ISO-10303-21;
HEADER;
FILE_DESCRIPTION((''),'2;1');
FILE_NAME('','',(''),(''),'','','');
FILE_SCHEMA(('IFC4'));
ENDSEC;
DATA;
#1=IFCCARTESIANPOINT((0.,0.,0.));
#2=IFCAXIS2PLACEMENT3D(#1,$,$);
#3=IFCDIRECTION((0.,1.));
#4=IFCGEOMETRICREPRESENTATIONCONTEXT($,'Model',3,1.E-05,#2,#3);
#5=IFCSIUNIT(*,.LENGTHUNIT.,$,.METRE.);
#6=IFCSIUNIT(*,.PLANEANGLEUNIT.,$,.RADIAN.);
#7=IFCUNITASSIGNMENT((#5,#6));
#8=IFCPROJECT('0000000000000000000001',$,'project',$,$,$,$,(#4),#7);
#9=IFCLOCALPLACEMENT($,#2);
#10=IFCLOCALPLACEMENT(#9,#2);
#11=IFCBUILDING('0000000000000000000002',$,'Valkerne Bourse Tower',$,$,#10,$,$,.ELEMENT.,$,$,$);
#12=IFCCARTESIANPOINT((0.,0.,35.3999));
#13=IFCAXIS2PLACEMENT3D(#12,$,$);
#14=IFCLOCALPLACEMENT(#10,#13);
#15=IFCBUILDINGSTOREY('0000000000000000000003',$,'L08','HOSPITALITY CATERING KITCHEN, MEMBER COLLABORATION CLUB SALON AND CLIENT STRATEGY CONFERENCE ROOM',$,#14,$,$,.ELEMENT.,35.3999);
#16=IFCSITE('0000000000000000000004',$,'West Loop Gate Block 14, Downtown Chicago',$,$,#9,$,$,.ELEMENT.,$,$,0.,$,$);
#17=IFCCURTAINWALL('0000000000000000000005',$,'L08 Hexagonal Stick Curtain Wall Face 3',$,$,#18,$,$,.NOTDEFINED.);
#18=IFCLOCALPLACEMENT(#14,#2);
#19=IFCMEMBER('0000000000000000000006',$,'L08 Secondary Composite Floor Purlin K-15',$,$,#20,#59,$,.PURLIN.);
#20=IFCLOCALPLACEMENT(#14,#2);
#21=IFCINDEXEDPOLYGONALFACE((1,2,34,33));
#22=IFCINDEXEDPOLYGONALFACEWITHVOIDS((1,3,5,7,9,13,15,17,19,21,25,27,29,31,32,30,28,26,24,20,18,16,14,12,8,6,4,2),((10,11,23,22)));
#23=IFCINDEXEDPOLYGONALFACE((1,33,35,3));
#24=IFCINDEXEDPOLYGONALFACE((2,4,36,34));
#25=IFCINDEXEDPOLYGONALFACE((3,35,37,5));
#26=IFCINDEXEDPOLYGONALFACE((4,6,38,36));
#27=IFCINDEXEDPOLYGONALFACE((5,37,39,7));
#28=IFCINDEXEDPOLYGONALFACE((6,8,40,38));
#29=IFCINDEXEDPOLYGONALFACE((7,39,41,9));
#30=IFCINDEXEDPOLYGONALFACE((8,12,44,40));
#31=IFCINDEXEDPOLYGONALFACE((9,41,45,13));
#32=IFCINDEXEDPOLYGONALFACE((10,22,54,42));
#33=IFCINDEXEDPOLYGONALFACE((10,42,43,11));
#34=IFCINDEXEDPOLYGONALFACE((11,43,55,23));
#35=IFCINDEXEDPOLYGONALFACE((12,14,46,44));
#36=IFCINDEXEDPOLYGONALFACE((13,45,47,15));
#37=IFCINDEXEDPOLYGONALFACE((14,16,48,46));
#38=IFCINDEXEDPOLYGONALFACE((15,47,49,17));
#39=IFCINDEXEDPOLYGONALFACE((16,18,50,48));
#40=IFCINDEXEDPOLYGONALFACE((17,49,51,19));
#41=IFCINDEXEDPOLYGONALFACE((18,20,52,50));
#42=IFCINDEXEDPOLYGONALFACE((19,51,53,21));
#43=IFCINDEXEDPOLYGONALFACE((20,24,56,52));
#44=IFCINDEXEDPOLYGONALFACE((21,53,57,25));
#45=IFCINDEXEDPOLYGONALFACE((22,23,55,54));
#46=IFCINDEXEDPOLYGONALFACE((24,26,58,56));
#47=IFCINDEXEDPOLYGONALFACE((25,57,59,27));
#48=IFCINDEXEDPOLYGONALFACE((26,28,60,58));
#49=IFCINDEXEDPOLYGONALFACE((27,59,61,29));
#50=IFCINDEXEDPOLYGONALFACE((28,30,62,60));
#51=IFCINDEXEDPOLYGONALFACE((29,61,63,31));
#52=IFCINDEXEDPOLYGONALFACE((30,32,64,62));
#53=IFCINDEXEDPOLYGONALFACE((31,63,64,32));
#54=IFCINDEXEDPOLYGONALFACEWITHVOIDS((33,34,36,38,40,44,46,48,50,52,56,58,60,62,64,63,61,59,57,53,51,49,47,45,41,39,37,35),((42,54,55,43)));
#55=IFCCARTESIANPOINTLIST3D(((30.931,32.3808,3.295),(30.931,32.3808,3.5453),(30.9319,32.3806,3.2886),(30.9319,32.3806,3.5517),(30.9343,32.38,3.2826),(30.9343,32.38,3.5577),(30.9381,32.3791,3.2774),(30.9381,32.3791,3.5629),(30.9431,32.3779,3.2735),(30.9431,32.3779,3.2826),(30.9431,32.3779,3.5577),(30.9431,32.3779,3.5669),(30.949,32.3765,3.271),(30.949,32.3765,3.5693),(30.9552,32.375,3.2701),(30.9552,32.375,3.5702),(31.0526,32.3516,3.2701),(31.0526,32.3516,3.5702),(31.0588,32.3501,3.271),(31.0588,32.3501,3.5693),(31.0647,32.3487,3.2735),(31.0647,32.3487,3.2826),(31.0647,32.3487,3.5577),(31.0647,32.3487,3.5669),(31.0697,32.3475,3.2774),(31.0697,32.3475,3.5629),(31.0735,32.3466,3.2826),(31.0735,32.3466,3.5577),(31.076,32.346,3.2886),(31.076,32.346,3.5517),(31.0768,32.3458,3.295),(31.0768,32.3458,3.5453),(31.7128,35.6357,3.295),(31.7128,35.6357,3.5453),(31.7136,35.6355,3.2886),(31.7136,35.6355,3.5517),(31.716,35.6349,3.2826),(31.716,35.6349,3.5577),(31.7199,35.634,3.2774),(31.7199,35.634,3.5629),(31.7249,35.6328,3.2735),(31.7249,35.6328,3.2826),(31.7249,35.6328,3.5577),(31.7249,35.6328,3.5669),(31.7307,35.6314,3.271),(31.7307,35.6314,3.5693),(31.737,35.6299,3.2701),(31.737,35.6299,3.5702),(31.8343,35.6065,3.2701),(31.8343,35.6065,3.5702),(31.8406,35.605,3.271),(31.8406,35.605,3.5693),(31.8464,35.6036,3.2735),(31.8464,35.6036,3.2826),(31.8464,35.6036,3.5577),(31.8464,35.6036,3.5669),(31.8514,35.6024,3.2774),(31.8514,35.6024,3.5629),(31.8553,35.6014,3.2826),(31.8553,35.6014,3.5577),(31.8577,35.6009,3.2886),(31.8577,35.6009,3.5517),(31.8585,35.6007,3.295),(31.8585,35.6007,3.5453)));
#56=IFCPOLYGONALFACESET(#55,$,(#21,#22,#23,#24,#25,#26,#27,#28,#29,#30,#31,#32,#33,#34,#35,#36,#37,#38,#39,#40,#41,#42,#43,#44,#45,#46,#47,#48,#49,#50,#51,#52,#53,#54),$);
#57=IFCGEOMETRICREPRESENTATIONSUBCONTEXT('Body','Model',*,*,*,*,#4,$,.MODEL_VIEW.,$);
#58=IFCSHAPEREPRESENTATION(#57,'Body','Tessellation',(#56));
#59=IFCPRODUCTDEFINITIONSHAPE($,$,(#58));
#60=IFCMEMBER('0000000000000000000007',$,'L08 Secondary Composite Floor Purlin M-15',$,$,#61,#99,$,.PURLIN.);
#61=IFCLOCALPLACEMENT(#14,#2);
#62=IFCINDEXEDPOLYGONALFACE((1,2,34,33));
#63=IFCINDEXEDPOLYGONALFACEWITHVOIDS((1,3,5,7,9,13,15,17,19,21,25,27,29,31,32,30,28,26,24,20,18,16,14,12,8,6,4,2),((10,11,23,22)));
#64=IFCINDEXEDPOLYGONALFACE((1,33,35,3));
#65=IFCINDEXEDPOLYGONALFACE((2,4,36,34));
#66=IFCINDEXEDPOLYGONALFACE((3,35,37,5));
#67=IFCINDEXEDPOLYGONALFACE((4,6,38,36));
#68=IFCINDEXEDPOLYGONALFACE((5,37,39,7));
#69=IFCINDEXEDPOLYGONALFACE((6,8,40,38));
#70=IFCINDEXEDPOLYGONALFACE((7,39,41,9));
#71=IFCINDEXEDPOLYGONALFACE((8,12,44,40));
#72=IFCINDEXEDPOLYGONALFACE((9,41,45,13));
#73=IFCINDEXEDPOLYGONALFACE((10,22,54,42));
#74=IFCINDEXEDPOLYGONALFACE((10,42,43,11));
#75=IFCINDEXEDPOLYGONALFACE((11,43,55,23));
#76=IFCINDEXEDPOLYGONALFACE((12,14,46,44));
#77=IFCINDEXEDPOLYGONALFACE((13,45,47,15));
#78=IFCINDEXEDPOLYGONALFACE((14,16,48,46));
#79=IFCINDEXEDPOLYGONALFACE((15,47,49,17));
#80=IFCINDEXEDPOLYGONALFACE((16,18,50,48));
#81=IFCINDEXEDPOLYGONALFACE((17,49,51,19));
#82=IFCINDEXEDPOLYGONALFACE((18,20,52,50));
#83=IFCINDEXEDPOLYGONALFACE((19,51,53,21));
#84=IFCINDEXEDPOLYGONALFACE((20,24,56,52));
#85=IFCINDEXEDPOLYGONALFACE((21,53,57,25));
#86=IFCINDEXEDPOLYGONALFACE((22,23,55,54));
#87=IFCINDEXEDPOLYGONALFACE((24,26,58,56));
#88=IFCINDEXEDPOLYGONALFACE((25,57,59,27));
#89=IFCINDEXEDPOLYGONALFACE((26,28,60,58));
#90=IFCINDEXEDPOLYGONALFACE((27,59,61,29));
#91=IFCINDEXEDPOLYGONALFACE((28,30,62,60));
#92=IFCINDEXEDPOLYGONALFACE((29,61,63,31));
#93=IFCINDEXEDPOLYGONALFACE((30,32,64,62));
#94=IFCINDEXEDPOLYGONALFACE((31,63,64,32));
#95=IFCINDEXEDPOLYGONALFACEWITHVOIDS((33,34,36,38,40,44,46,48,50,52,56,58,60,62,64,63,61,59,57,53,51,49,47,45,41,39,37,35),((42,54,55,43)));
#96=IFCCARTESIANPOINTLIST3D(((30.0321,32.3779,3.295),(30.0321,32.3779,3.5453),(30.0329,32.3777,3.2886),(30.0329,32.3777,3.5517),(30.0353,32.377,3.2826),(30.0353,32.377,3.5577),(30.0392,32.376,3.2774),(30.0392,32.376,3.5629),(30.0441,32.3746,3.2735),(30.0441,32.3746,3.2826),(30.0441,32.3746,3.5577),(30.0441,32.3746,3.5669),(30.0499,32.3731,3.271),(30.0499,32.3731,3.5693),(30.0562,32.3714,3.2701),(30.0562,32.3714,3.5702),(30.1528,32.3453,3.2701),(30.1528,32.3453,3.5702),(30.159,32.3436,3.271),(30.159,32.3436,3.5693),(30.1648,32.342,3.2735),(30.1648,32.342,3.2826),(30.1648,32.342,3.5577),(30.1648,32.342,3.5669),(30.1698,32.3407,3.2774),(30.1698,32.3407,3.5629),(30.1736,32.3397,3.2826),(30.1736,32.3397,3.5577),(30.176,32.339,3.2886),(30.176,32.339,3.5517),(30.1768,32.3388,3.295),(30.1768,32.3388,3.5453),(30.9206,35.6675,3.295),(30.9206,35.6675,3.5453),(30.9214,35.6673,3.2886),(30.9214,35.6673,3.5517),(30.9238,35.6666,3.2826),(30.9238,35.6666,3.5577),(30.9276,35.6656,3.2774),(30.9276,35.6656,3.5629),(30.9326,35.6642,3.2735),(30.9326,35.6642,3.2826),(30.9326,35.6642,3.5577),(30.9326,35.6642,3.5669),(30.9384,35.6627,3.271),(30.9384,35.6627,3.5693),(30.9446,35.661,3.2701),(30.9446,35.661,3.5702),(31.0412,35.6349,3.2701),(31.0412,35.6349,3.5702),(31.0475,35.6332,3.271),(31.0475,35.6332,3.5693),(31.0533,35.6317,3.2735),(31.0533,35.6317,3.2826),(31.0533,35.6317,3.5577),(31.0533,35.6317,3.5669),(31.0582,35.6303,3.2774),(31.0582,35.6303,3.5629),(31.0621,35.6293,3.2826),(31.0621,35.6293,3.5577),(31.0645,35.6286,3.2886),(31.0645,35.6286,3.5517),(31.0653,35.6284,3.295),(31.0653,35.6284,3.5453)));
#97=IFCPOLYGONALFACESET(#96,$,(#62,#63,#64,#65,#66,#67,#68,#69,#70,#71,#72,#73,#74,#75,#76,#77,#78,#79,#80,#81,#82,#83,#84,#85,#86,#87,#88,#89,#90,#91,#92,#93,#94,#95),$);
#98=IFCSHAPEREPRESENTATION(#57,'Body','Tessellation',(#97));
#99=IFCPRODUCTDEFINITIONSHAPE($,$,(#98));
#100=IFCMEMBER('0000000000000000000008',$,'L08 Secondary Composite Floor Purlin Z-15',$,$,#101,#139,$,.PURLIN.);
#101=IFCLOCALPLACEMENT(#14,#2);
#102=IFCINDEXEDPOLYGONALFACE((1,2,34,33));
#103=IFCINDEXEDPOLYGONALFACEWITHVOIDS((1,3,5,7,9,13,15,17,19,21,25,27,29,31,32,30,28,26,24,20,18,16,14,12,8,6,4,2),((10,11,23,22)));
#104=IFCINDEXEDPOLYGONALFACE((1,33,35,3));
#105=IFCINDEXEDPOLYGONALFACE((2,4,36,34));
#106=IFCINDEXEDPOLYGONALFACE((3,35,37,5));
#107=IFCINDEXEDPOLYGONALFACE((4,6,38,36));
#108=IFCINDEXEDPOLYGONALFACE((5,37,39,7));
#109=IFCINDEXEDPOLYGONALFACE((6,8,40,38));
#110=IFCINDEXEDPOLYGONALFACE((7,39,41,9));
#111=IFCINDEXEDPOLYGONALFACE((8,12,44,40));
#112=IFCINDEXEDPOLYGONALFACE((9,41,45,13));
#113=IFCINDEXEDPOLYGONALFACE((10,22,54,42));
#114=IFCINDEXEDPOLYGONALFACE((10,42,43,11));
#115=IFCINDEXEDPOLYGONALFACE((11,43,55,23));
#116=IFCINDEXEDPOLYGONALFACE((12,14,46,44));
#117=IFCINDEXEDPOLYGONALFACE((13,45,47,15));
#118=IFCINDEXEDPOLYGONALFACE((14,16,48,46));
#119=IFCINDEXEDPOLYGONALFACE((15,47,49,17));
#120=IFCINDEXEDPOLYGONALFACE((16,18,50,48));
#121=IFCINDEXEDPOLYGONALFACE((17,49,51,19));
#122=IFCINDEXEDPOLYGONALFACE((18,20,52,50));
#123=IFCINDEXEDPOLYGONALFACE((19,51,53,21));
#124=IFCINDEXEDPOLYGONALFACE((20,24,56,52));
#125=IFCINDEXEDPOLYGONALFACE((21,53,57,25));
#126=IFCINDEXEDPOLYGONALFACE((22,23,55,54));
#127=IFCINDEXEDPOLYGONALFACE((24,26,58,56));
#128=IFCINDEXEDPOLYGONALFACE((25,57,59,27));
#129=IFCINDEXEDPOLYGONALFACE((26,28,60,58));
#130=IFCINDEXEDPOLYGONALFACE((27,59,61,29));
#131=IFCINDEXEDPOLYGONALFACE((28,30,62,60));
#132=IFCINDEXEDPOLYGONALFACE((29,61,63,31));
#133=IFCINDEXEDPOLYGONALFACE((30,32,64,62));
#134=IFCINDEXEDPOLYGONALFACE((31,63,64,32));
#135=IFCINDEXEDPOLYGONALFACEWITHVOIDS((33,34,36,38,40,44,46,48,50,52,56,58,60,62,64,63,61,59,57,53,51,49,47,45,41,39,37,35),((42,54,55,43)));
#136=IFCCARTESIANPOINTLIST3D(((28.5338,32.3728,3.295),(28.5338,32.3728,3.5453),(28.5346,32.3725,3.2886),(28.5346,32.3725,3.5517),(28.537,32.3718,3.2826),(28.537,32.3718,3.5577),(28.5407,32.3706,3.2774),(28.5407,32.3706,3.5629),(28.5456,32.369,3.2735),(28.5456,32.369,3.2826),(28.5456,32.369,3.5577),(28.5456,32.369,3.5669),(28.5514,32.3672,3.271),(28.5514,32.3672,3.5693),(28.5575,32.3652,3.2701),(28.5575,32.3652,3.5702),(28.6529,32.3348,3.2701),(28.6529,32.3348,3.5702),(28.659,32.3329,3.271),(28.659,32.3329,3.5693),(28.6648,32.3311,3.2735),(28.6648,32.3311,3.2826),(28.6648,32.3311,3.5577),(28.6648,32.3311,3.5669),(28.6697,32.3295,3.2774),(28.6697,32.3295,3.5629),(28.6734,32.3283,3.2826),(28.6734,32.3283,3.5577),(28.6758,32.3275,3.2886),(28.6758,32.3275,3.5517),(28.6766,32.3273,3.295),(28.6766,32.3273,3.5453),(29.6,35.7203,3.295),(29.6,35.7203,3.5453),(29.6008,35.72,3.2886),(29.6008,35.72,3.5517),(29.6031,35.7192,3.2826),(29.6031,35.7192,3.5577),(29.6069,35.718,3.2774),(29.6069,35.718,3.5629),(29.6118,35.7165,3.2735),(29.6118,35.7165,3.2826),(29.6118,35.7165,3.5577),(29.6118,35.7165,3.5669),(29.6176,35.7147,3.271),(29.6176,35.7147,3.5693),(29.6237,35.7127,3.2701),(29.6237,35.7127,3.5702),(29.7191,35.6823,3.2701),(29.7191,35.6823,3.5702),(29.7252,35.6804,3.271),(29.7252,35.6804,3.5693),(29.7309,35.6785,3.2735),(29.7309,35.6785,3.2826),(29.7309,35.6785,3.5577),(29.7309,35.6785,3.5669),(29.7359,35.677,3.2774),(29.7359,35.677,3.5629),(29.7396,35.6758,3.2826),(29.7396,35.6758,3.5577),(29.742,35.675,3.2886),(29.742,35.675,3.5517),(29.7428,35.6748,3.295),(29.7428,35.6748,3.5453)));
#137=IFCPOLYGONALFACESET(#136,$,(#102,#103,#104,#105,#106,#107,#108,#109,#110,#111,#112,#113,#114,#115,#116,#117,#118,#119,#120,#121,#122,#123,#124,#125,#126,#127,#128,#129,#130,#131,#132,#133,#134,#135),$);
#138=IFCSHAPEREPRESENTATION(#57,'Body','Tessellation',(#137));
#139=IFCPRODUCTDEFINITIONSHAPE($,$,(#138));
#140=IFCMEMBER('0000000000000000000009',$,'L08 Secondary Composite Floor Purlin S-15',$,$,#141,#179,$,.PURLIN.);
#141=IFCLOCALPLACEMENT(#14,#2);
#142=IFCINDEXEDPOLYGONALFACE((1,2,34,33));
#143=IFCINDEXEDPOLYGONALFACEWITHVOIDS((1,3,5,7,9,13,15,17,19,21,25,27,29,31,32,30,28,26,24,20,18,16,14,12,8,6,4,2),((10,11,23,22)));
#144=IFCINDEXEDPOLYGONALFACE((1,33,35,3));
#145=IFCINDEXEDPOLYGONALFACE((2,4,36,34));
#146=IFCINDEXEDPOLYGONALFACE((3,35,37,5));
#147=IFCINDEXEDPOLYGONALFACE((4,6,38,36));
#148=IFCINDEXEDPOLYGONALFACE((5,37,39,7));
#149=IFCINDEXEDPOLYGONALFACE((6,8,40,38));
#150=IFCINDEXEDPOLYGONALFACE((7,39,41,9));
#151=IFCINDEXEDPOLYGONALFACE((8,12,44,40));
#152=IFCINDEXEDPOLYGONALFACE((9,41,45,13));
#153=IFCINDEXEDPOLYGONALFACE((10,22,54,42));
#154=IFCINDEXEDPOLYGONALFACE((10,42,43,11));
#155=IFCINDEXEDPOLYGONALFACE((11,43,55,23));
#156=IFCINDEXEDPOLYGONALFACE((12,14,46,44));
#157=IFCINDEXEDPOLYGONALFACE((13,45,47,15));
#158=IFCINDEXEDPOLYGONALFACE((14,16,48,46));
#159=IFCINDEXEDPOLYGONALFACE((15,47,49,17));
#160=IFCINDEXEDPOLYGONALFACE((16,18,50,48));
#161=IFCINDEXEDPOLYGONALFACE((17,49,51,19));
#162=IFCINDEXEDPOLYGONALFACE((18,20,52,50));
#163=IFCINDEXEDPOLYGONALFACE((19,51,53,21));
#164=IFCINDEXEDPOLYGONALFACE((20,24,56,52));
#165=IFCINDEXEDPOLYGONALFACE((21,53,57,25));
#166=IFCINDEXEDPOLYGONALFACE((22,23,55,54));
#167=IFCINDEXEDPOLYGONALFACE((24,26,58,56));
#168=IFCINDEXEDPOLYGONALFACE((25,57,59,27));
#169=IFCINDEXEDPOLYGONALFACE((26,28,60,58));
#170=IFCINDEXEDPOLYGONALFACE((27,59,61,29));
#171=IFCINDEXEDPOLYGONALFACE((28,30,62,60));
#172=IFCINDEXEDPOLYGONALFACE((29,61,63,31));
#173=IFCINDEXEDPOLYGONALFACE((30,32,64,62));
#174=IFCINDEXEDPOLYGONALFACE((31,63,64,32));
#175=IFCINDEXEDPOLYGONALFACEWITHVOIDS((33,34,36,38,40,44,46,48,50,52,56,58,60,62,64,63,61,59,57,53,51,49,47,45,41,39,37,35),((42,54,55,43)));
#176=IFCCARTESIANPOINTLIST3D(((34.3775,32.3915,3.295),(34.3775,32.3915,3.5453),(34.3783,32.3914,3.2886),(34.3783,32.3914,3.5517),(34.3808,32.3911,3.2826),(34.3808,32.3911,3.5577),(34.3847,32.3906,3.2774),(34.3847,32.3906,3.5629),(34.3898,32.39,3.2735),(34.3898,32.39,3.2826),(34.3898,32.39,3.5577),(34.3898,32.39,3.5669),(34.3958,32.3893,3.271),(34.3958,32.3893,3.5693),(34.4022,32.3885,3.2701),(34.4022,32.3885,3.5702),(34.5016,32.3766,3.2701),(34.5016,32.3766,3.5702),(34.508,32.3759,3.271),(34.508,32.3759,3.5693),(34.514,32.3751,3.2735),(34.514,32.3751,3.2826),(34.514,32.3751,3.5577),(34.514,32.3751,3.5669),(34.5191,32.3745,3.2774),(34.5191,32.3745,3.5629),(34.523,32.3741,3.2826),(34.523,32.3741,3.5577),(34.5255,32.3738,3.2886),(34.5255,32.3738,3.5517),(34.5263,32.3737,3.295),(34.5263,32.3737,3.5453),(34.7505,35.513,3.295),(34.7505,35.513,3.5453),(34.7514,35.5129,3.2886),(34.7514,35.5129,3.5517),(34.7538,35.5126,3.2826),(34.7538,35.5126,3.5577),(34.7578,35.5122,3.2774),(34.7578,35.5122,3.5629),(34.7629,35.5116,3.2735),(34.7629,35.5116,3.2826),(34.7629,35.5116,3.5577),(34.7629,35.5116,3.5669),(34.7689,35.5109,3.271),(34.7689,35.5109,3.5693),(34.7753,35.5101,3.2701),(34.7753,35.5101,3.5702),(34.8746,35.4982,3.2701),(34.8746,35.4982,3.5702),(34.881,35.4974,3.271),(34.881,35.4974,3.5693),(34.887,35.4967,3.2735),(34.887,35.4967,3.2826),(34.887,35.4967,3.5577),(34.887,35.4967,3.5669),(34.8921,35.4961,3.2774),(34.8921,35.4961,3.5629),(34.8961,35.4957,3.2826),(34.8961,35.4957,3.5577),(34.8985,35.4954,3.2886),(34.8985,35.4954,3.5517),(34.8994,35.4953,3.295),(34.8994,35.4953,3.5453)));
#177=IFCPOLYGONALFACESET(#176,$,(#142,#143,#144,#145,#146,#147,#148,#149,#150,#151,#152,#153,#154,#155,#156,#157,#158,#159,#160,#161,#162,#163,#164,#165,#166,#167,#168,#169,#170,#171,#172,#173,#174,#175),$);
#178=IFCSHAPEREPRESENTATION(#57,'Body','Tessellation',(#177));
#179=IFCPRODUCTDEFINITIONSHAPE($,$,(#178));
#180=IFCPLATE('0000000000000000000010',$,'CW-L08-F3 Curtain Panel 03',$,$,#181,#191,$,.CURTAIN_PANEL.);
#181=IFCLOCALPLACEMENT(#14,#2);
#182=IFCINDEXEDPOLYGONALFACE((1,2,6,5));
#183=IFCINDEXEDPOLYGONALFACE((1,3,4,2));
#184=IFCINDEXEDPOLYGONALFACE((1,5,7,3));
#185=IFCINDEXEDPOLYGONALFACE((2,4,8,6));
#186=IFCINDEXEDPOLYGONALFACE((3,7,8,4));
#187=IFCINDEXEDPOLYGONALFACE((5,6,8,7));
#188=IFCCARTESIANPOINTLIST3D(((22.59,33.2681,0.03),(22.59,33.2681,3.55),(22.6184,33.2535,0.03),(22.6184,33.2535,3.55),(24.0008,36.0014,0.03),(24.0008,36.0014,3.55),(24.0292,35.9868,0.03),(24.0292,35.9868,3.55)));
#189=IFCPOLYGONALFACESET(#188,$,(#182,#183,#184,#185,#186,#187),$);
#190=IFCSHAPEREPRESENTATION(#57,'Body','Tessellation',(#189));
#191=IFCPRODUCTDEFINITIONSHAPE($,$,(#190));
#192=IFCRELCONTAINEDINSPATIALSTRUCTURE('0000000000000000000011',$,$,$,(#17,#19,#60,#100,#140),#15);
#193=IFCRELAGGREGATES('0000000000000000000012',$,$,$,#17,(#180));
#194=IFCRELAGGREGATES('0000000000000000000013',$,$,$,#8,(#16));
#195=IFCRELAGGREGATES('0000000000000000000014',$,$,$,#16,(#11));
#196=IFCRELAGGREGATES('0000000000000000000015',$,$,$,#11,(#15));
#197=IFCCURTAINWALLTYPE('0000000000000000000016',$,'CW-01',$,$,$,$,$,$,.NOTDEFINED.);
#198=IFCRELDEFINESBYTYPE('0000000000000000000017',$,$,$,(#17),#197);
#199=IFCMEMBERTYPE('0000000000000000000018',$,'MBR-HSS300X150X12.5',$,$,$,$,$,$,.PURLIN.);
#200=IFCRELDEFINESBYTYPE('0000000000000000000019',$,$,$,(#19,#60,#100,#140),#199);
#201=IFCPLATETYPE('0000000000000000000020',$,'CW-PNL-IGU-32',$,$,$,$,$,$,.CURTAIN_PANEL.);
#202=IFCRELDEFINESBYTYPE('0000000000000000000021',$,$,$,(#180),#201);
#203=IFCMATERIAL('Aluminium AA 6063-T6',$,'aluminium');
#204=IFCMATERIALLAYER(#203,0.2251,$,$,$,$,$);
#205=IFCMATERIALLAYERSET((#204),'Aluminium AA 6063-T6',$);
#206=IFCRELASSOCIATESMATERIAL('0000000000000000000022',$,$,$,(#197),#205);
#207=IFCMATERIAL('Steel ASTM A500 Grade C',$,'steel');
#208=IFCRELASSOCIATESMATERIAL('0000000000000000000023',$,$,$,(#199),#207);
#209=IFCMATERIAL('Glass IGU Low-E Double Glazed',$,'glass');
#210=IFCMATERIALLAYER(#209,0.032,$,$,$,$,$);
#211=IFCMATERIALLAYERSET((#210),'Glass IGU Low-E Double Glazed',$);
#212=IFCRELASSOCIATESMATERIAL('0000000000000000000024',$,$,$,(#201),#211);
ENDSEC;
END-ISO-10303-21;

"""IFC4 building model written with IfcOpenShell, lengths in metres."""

from ifc_helpers import new_model, si_unit, direction, frame, origin, origin_2d, place, context, subcontext, project, spatial, rectangle, hollow_rectangle, extrude, material, layer, layer_set, material_profile, profile_set, type_object, element, aggregate, save


model = new_model("IFC4")

# Units and contexts
model_context = context("Model", 3, precision=1e-05, world=origin(), true_north=direction((0.0, 1.0)))
body_context = subcontext(model_context, "Body", "Model", "MODEL_VIEW")
ifc_project = project(units=[si_unit("LENGTHUNIT", "METRE"), si_unit("PLANEANGLEUNIT", "RADIAN")], contexts=[model_context])

# Site, building, storey
site_placement = place(None, origin())
site = spatial("IfcSite", under=ifc_project, at=site_placement, Name="West Loop Gate Block 14, Downtown Chicago", CompositionType="ELEMENT", RefElevation=0.0)
building_placement = place(site_placement, origin())
building = spatial("IfcBuilding", under=site, at=building_placement, Name="Valkerne Bourse Tower", CompositionType="ELEMENT")
storey_placement = place(building_placement, frame((0.0, 0.0, 35.3999)))
storey = spatial("IfcBuildingStorey", under=building, at=storey_placement, Name="L08", Description="HOSPITALITY CATERING KITCHEN, MEMBER COLLABORATION CLUB SALON AND CLIENT STRATEGY CONFERENCE ROOM", CompositionType="ELEMENT", Elevation=35.3999)

# Curtain wall
ifc_material_1 = material(Name="Aluminium AA 6063-T6", Category="aluminium")
ifc_layer_1 = layer(ifc_material_1, 0.2251)
ifc_layer_set_1 = layer_set([ifc_layer_1], Name="Aluminium AA 6063-T6")
curtain_wall_type = type_object("IfcCurtainWallType", Name="CW-01", PredefinedType="NOTDEFINED", material=ifc_layer_set_1)
curtain_wall_placement = place(storey_placement, origin())
curtain_wall = element("IfcCurtainWall", 1, at=curtain_wall_placement, inside=storey, type_object=curtain_wall_type, Name="L08 Hexagonal Stick Curtain Wall Face 3", PredefinedType="NOTDEFINED")

# Members
ifc_material_2 = material(Name="Steel ASTM A500 Grade C", Category="steel")
ifc_material_profile_1 = material_profile(ifc_material_2, hollow_rectangle(XDim=0.1499, YDim=0.3, WallThickness=0.0125, OuterFilletRadius=0.0249, at=origin_2d()), Name="HSS300X150X12.5")
ifc_profile_set_1 = profile_set([ifc_material_profile_1], Name="Steel ASTM A500 Grade C")
member_type_1 = type_object("IfcMemberType", Name="MBR-HSS300X150X12.5", PredefinedType="PURLIN", material=ifc_profile_set_1)
member_1_placement = place(storey_placement, frame((31.7856, 35.6182, 3.4202), z_axis=(-0.233533, -0.972349, 0.0), x_axis=(0.972349, -0.233533, 0.0)))
element("IfcMember", 2, at=member_1_placement, inside=storey, type_object=member_type_1, Name="L08 Secondary Composite Floor Purlin K-15", PredefinedType="PURLIN", context=body_context, shape_type="SweptSolid", body=[
    extrude(hollow_rectangle(XDim=0.1499, YDim=0.3, WallThickness=0.0125, OuterFilletRadius=0.0249, at=origin_2d()), origin(), (0.0, 0.0, 1.0), 3.3474),
])
member_2_placement = place(storey_placement, frame((30.9929, 35.6479, 3.4202), z_axis=(-0.260734, -0.965411, 0.0), x_axis=(0.965411, -0.260734, 0.0)))
element("IfcMember", 3, at=member_2_placement, inside=storey, type_object=member_type_1, Name="L08 Secondary Composite Floor Purlin M-15", PredefinedType="PURLIN", context=body_context, shape_type="SweptSolid", body=[
    extrude(hollow_rectangle(XDim=0.1499, YDim=0.3, WallThickness=0.0125, OuterFilletRadius=0.0249, at=origin_2d()), origin(), (0.0, 0.0, 1.0), 3.4075),
])
member_3_placement = place(storey_placement, frame((29.6714, 35.6975, 3.4202), z_axis=(-0.303482, -0.952837, 0.0), x_axis=(0.952837, -0.303482, 0.0)))
element("IfcMember", 4, at=member_3_placement, inside=storey, type_object=member_type_1, Name="L08 Secondary Composite Floor Purlin Z-15", PredefinedType="PURLIN", context=body_context, shape_type="SweptSolid", body=[
    extrude(hollow_rectangle(XDim=0.1499, YDim=0.3, WallThickness=0.0125, OuterFilletRadius=0.0249, at=origin_2d()), origin(), (0.0, 0.0, 1.0), 3.5132),
])
member_4_placement = place(storey_placement, frame((34.825, 35.5042, 3.4202), z_axis=(-0.118661, -0.992935, 0.0), x_axis=(0.992935, -0.118661, 0.0)))
element("IfcMember", 5, at=member_4_placement, inside=storey, type_object=member_type_1, Name="L08 Secondary Composite Floor Purlin S-15", PredefinedType="PURLIN", context=body_context, shape_type="SweptSolid", body=[
    extrude(hollow_rectangle(XDim=0.1499, YDim=0.3, WallThickness=0.0125, OuterFilletRadius=0.0249, at=origin_2d()), origin(), (0.0, 0.0, 1.0), 3.1438),
])

# Plate
ifc_material_3 = material(Name="Glass IGU Low-E Double Glazed", Category="glass")
ifc_layer_2 = layer(ifc_material_3, 0.032)
ifc_layer_set_2 = layer_set([ifc_layer_2], Name="Glass IGU Low-E Double Glazed")
plate_type = type_object("IfcPlateType", Name="CW-PNL-IGU-32", PredefinedType="CURTAIN_PANEL", material=ifc_layer_set_2)
plate_1_placement = place(storey_placement, frame((23.3096, 34.6274, 0.03), z_axis=(0.0, 0.0, 1.0), x_axis=(-0.458658, -0.888613, 0.0)))
plate_1 = element("IfcPlate", 6, at=plate_1_placement, type_object=plate_type, Name="CW-L08-F3 Curtain Panel 03", PredefinedType="CURTAIN_PANEL", context=body_context, shape_type="SweptSolid", body=[
    extrude(rectangle(XDim=3.0759, YDim=0.032, at=origin_2d()), origin(), (0.0, 0.0, 1.0), 3.52),
])
aggregate(curtain_wall, [plate_1])

save(model, "model.ifc")
